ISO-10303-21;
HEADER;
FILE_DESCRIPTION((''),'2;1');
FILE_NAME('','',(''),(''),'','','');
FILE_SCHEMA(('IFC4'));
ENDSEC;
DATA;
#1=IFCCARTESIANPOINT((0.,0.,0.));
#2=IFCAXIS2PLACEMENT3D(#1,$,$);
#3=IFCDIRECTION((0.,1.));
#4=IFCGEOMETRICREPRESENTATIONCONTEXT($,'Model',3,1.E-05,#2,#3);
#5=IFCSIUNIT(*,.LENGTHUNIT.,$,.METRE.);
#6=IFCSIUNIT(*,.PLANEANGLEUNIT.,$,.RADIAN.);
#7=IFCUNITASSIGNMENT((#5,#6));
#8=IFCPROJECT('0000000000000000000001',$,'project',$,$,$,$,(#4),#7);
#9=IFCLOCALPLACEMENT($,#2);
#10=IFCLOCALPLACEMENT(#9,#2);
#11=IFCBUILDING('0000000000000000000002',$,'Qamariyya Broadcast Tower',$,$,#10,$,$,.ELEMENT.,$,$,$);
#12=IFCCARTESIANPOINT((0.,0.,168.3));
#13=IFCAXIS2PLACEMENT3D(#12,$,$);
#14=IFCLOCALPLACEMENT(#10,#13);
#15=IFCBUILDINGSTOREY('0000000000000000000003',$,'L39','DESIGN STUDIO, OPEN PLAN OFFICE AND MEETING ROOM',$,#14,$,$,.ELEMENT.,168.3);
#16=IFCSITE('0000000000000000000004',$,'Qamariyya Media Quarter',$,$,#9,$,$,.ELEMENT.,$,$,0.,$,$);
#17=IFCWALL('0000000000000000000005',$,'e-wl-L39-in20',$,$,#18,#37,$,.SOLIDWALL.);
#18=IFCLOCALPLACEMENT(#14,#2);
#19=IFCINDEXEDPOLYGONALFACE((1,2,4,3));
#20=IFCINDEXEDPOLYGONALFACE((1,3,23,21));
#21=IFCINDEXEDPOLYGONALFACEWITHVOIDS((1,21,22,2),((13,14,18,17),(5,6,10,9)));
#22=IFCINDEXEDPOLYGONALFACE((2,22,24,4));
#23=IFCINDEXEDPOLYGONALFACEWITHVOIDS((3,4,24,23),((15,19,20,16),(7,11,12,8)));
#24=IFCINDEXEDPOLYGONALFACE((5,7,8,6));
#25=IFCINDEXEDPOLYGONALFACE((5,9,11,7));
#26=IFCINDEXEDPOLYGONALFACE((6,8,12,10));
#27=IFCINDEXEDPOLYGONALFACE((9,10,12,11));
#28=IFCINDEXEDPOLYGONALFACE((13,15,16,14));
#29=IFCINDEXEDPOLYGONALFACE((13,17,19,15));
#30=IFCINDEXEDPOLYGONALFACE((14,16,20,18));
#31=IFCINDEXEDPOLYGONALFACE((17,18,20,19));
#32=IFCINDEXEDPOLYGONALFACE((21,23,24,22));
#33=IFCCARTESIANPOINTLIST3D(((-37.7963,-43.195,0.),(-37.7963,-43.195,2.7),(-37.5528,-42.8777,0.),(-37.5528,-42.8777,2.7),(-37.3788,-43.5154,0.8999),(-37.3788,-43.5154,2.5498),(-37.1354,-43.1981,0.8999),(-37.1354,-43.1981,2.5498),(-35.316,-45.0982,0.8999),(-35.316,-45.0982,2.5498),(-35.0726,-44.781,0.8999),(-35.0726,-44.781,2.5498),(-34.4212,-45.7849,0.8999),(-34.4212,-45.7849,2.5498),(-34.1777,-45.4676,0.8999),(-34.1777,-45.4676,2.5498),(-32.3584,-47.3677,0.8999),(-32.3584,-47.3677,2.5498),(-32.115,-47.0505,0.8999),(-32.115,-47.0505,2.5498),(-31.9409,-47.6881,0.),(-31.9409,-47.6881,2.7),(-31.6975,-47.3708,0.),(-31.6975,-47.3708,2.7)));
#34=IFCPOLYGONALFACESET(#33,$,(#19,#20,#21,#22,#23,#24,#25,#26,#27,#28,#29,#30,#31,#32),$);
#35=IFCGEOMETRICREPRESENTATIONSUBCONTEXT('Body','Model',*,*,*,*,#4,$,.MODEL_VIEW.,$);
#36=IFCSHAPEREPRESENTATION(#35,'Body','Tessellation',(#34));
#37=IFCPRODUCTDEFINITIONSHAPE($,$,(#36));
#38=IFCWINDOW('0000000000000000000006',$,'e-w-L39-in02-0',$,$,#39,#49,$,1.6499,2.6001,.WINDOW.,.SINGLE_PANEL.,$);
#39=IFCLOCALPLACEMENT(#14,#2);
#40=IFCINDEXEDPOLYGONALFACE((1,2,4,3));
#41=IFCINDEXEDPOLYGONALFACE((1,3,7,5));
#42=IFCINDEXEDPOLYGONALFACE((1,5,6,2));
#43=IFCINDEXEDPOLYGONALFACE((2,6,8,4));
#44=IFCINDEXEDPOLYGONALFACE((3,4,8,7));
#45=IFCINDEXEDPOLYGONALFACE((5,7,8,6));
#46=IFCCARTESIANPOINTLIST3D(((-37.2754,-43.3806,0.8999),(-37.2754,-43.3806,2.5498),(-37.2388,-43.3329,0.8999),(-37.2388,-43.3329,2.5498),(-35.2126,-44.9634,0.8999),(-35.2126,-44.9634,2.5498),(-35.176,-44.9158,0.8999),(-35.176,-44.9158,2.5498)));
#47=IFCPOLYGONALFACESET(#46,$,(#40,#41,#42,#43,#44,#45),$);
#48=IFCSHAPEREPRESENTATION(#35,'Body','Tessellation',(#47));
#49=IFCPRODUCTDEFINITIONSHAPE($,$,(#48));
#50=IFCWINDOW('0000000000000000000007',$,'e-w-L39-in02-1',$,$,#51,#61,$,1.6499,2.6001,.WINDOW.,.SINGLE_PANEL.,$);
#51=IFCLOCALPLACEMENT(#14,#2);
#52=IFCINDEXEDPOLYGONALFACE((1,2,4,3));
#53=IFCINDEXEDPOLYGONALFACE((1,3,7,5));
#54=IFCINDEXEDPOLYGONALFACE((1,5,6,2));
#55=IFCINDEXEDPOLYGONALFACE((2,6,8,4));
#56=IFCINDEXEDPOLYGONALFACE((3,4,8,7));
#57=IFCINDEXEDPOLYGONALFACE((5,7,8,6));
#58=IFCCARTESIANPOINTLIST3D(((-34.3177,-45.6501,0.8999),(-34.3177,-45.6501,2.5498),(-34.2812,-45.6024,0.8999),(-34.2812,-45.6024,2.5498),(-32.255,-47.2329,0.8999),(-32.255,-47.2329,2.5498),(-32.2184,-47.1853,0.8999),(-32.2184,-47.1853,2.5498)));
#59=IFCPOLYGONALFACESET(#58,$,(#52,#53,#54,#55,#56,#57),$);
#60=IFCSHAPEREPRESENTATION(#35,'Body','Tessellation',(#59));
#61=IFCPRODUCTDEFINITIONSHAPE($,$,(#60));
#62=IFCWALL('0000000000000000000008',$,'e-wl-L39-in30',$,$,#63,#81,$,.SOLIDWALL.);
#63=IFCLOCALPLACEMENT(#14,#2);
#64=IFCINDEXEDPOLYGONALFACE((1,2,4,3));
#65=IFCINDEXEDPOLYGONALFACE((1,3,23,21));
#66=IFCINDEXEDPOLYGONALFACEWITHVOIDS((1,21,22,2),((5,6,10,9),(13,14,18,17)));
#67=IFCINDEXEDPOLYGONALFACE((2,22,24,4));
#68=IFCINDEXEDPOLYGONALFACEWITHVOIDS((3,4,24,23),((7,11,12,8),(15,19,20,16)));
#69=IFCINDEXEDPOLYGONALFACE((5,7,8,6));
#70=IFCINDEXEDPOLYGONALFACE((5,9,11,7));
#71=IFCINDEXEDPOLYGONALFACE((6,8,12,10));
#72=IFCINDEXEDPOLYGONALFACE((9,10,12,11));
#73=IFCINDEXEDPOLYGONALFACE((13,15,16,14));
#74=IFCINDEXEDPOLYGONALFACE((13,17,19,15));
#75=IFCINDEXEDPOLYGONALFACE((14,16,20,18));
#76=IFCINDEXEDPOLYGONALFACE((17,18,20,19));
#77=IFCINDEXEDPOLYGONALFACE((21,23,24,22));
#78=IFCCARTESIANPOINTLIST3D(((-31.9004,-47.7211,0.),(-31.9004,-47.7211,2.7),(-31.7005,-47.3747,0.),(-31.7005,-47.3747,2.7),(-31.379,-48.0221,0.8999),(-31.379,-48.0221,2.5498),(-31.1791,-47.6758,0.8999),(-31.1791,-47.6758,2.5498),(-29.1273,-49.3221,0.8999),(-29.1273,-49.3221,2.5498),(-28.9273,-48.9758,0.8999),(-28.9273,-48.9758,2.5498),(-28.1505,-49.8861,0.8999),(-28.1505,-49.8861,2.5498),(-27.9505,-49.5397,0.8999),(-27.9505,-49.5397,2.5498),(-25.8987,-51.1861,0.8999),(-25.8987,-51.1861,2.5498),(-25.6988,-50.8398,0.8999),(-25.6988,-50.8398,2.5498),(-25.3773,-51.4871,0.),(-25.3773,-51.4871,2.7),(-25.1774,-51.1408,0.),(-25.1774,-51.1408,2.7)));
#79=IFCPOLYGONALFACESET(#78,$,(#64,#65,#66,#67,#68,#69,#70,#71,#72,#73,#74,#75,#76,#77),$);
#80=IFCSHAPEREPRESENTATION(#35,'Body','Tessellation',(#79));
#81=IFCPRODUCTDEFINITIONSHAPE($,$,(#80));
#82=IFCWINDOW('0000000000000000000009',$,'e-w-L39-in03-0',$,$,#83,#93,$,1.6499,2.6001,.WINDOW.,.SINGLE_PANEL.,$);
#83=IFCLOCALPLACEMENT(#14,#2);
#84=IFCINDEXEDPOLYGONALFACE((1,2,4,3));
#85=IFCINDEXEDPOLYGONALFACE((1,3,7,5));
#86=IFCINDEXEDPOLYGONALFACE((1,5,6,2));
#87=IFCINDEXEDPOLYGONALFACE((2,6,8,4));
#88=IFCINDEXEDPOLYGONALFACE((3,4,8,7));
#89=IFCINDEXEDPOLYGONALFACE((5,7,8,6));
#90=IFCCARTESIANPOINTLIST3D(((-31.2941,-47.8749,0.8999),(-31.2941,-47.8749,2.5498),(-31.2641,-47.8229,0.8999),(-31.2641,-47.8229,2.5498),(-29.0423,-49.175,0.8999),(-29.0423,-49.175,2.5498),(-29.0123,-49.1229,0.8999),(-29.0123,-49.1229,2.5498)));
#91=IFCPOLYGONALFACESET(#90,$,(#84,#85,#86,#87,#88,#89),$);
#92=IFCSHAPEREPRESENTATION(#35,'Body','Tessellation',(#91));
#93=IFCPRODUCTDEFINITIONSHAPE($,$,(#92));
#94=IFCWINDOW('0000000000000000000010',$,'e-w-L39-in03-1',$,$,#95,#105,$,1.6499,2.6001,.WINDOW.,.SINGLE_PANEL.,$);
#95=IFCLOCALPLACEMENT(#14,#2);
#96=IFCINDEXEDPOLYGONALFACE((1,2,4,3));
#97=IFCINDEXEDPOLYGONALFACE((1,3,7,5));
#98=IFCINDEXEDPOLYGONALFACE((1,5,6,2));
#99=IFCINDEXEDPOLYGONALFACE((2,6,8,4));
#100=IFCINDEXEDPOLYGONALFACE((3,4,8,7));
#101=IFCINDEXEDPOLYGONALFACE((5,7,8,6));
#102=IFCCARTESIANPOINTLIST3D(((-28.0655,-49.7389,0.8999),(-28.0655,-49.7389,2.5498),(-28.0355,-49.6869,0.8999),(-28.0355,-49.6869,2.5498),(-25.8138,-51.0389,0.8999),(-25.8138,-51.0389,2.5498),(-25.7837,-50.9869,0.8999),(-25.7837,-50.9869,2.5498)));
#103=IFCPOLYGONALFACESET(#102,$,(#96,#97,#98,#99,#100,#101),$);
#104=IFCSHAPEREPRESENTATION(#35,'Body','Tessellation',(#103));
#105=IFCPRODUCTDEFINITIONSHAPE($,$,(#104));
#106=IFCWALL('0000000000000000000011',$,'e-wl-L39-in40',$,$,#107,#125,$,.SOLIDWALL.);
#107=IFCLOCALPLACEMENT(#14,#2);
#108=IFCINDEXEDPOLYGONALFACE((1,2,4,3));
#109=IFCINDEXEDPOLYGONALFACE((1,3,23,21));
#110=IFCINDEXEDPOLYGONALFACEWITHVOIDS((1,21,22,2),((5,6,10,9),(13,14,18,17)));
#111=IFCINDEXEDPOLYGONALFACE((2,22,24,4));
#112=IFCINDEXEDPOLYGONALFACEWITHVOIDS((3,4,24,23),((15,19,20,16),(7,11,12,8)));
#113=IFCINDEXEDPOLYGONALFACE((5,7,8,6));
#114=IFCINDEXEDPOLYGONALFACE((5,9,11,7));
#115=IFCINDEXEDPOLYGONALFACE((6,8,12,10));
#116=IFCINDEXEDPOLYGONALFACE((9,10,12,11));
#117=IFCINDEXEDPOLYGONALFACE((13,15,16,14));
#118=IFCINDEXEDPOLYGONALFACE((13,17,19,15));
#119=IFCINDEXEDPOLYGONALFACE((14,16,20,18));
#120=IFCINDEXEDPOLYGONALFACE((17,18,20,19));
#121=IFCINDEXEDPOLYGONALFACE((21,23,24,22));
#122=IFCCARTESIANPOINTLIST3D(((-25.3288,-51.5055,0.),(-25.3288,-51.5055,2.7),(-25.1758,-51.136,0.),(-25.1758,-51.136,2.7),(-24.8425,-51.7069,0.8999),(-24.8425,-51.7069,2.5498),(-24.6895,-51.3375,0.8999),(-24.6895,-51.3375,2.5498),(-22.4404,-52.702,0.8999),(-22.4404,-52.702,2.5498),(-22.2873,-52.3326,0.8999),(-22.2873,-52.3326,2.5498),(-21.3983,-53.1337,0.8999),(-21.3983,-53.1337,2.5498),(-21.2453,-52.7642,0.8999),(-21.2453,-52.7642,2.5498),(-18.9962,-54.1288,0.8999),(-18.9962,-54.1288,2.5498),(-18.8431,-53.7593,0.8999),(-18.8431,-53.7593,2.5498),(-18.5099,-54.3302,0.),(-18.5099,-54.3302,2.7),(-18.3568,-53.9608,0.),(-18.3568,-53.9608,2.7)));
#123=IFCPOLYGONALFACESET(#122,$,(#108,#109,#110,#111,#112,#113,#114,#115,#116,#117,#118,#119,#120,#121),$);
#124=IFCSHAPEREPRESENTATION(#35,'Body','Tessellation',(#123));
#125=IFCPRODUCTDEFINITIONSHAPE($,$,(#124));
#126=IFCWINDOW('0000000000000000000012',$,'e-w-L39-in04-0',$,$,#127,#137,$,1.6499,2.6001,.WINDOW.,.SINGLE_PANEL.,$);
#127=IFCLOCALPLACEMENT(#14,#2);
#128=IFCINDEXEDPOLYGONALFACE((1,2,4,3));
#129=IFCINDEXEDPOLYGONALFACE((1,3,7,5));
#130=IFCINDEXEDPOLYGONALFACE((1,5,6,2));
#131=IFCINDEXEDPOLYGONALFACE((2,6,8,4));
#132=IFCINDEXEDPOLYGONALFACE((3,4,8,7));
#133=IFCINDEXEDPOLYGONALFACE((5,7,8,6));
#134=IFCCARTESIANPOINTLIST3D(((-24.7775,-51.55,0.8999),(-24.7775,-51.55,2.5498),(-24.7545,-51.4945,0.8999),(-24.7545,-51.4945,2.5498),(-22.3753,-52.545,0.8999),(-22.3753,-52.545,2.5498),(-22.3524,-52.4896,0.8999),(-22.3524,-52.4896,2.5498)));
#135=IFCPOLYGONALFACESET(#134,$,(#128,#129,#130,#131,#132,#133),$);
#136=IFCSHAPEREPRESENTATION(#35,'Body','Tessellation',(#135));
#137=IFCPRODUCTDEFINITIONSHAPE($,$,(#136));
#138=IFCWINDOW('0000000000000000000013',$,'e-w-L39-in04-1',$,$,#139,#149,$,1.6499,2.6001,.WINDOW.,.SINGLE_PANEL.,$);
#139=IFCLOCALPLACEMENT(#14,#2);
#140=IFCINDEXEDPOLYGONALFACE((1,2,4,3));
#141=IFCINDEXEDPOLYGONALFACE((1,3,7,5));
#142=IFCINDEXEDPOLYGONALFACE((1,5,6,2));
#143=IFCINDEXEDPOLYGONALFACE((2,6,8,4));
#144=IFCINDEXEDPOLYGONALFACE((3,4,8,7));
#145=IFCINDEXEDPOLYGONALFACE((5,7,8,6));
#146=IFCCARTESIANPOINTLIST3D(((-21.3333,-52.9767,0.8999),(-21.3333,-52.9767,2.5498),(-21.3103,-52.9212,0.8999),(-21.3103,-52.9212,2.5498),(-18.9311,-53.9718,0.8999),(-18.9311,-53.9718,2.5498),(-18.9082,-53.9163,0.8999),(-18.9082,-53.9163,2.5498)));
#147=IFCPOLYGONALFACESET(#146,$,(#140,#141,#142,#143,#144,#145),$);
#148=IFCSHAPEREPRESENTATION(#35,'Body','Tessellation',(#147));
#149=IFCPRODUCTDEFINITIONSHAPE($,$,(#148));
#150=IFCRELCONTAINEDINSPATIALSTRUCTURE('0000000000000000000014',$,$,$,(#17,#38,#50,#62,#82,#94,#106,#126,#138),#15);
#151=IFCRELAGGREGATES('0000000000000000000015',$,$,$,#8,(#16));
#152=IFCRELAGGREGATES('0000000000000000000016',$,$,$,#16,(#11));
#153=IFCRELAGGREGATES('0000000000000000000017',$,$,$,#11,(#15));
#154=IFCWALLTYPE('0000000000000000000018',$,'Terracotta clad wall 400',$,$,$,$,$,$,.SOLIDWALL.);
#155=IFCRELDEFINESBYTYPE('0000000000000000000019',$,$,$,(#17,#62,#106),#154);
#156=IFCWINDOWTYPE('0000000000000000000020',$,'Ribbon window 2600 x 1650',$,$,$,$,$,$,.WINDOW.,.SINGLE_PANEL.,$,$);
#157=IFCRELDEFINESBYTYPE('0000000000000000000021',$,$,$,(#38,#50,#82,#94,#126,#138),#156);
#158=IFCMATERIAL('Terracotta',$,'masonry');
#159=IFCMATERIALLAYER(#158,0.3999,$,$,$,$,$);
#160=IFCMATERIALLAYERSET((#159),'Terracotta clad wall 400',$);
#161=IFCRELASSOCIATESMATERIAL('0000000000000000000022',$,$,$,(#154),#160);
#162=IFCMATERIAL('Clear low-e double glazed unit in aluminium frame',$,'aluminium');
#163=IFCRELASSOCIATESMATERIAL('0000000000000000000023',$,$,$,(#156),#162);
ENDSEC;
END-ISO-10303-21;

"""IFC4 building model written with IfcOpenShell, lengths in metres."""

from ifc_helpers import new_model, si_unit, direction, frame, frame_2d, origin, place, context, subcontext, project, spatial, rectangle, extrude, material, layer, layer_set, type_object, element, fill, save


model = new_model("IFC4")

# Units and contexts
model_context = context("Model", 3, precision=1e-05, world=origin(), true_north=direction((0.0, 1.0)))
body_context = subcontext(model_context, "Body", "Model", "MODEL_VIEW")
ifc_project = project(units=[si_unit("LENGTHUNIT", "METRE"), si_unit("PLANEANGLEUNIT", "RADIAN")], contexts=[model_context])

# Site, building, storey
site_placement = place(None, origin())
site = spatial("IfcSite", under=ifc_project, at=site_placement, Name="Qamariyya Media Quarter", CompositionType="ELEMENT", RefElevation=0.0)
building_placement = place(site_placement, origin())
building = spatial("IfcBuilding", under=site, at=building_placement, Name="Qamariyya Broadcast Tower", CompositionType="ELEMENT")
storey_placement = place(building_placement, frame((0.0, 0.0, 168.3)))
storey = spatial("IfcBuildingStorey", under=building, at=storey_placement, Name="L39", Description="DESIGN STUDIO, OPEN PLAN OFFICE AND MEETING ROOM", CompositionType="ELEMENT", Elevation=168.3)

# Walls, openings, windows
ifc_material_1 = material(Name="Terracotta", Category="masonry")
ifc_layer_1 = layer(ifc_material_1, 0.3999)
ifc_layer_set_1 = layer_set([ifc_layer_1], Name="Terracotta clad wall 400")
wall_type_1 = type_object("IfcWallType", Name="Terracotta clad wall 400", PredefinedType="SOLIDWALL", material=ifc_layer_set_1)
wall_1_placement = place(storey_placement, frame((-31.8191, -47.5295, 0.0), z_axis=(0.0, 0.0, 1.0), x_axis=(-0.793346, 0.60877, 0.0)))
wall_1 = element("IfcWall", 1, at=wall_1_placement, inside=storey, type_object=wall_type_1, Name="e-wl-L39-in20", PredefinedType="SOLIDWALL", context=body_context, shape_type="SweptSolid", body=[
    extrude(rectangle(XDim=7.3806, YDim=0.3999, at=frame_2d((3.6904, 0.0))), origin(), (0.0, 0.0, 1.0), 2.7),
])
opening_1_placement = place(wall_1_placement, frame((4.2544, 0.0, 0.8999)))
opening_1 = element("IfcOpeningElement", 2, at=opening_1_placement, cuts=wall_1, PredefinedType="OPENING", context=body_context, shape_type="SweptSolid", body=[
    extrude(rectangle(XDim=2.6001, YDim=1.6499, at=frame_2d((1.3, 0.825))), frame((0.0, 0.21, 0.0), z_axis=(0.0, -1.0, 0.0), x_axis=(1.0, 0.0, 0.0)), (0.0, 0.0, 1.0), 0.4199),
])
opening_2_placement = place(wall_1_placement, frame((0.5264, 0.0, 0.8999)))
opening_2 = element("IfcOpeningElement", 3, at=opening_2_placement, cuts=wall_1, PredefinedType="OPENING", context=body_context, shape_type="SweptSolid", body=[
    extrude(rectangle(XDim=2.6001, YDim=1.6499, at=frame_2d((1.3, 0.825))), frame((0.0, 0.21, 0.0), z_axis=(0.0, -1.0, 0.0), x_axis=(1.0, 0.0, 0.0)), (0.0, 0.0, 1.0), 0.4199),
])
ifc_material_2 = material(Name="Clear low-e double glazed unit in aluminium frame", Category="aluminium")
window_type = type_object("IfcWindowType", Name="Ribbon window 2600 x 1650", PartitioningType="SINGLE_PANEL", PredefinedType="WINDOW", material=ifc_material_2)
window_1_placement = place(opening_1_placement, origin())
window_1 = element("IfcWindow", 4, at=window_1_placement, inside=storey, type_object=window_type, Name="e-w-L39-in02-0", OverallHeight=1.6499, OverallWidth=2.6001, PartitioningType="SINGLE_PANEL", PredefinedType="WINDOW", context=body_context, shape_type="SweptSolid", body=[
    extrude(rectangle(XDim=2.6001, YDim=1.6499, at=frame_2d((1.3, 0.825))), frame((0.0, 0.03, 0.0), z_axis=(0.0, -1.0, 0.0), x_axis=(1.0, 0.0, 0.0)), (0.0, 0.0, 1.0), 0.0601),
])
fill(opening_1, window_1)
window_2_placement = place(opening_2_placement, origin())
window_2 = element("IfcWindow", 5, at=window_2_placement, inside=storey, type_object=window_type, Name="e-w-L39-in02-1", OverallHeight=1.6499, OverallWidth=2.6001, PartitioningType="SINGLE_PANEL", PredefinedType="WINDOW", context=body_context, shape_type="SweptSolid", body=[
    extrude(rectangle(XDim=2.6001, YDim=1.6499, at=frame_2d((1.3, 0.825))), frame((0.0, 0.03, 0.0), z_axis=(0.0, -1.0, 0.0), x_axis=(1.0, 0.0, 0.0)), (0.0, 0.0, 1.0), 0.0601),
])
fill(opening_2, window_2)
wall_2_placement = place(storey_placement, frame((-25.2773, -51.314, 0.0), z_axis=(0.0, 0.0, 1.0), x_axis=(-0.866029, 0.499995, 0.0)))
wall_2 = element("IfcWall", 6, at=wall_2_placement, inside=storey, type_object=wall_type_1, Name="e-wl-L39-in30", PredefinedType="SOLIDWALL", context=body_context, shape_type="SweptSolid", body=[
    extrude(rectangle(XDim=7.5322, YDim=0.3999, at=frame_2d((3.7661, 0.0))), origin(), (0.0, 0.0, 1.0), 2.7),
])
opening_3_placement = place(wall_2_placement, frame((4.3301, 0.0, 0.8999)))
opening_3 = element("IfcOpeningElement", 7, at=opening_3_placement, cuts=wall_2, PredefinedType="OPENING", context=body_context, shape_type="SweptSolid", body=[
    extrude(rectangle(XDim=2.6001, YDim=1.6499, at=frame_2d((1.3, 0.825))), frame((0.0, 0.21, 0.0), z_axis=(0.0, -1.0, 0.0), x_axis=(1.0, 0.0, 0.0)), (0.0, 0.0, 1.0), 0.4199),
])
opening_4_placement = place(wall_2_placement, frame((0.6021, 0.0, 0.8999)))
opening_4 = element("IfcOpeningElement", 8, at=opening_4_placement, cuts=wall_2, PredefinedType="OPENING", context=body_context, shape_type="SweptSolid", body=[
    extrude(rectangle(XDim=2.6001, YDim=1.6499, at=frame_2d((1.3, 0.825))), frame((0.0, 0.21, 0.0), z_axis=(0.0, -1.0, 0.0), x_axis=(1.0, 0.0, 0.0)), (0.0, 0.0, 1.0), 0.4199),
])
window_3_placement = place(opening_3_placement, origin())
window_3 = element("IfcWindow", 9, at=window_3_placement, inside=storey, type_object=window_type, Name="e-w-L39-in03-0", OverallHeight=1.6499, OverallWidth=2.6001, PartitioningType="SINGLE_PANEL", PredefinedType="WINDOW", context=body_context, shape_type="SweptSolid", body=[
    extrude(rectangle(XDim=2.6001, YDim=1.6499, at=frame_2d((1.3, 0.825))), frame((0.0, 0.03, 0.0), z_axis=(0.0, -1.0, 0.0), x_axis=(1.0, 0.0, 0.0)), (0.0, 0.0, 1.0), 0.0601),
])
fill(opening_3, window_3)
window_4_placement = place(opening_4_placement, origin())
window_4 = element("IfcWindow", 10, at=window_4_placement, inside=storey, type_object=window_type, Name="e-w-L39-in03-1", OverallHeight=1.6499, OverallWidth=2.6001, PartitioningType="SINGLE_PANEL", PredefinedType="WINDOW", context=body_context, shape_type="SweptSolid", body=[
    extrude(rectangle(XDim=2.6001, YDim=1.6499, at=frame_2d((1.3, 0.825))), frame((0.0, 0.03, 0.0), z_axis=(0.0, -1.0, 0.0), x_axis=(1.0, 0.0, 0.0)), (0.0, 0.0, 1.0), 0.0601),
])
fill(opening_4, window_4)
wall_3_placement = place(storey_placement, frame((-18.4333, -54.1455, 0.0), z_axis=(0.0, 0.0, 1.0), x_axis=(-0.923868, 0.382712, 0.0)))
wall_3 = element("IfcWall", 11, at=wall_3_placement, inside=storey, type_object=wall_type_1, Name="e-wl-L39-in40", PredefinedType="SOLIDWALL", context=body_context, shape_type="SweptSolid", body=[
    extrude(rectangle(XDim=7.3809, YDim=0.3999, at=frame_2d((3.6904, 0.0))), origin(), (0.0, 0.0, 1.0), 2.7),
])
opening_5_placement = place(wall_3_placement, frame((4.2544, 0.0, 0.8999)))
opening_5 = element("IfcOpeningElement", 12, at=opening_5_placement, cuts=wall_3, PredefinedType="OPENING", context=body_context, shape_type="SweptSolid", body=[
    extrude(rectangle(XDim=2.6001, YDim=1.6499, at=frame_2d((1.3, 0.825))), frame((0.0, 0.21, 0.0), z_axis=(0.0, -1.0, 0.0), x_axis=(1.0, 0.0, 0.0)), (0.0, 0.0, 1.0), 0.4199),
])
opening_6_placement = place(wall_3_placement, frame((0.5264, 0.0, 0.8999)))
opening_6 = element("IfcOpeningElement", 13, at=opening_6_placement, cuts=wall_3, PredefinedType="OPENING", context=body_context, shape_type="SweptSolid", body=[
    extrude(rectangle(XDim=2.6001, YDim=1.6499, at=frame_2d((1.3, 0.825))), frame((0.0, 0.21, 0.0), z_axis=(0.0, -1.0, 0.0), x_axis=(1.0, 0.0, 0.0)), (0.0, 0.0, 1.0), 0.4199),
])
window_5_placement = place(opening_5_placement, origin())
window_5 = element("IfcWindow", 14, at=window_5_placement, inside=storey, type_object=window_type, Name="e-w-L39-in04-0", OverallHeight=1.6499, OverallWidth=2.6001, PartitioningType="SINGLE_PANEL", PredefinedType="WINDOW", context=body_context, shape_type="SweptSolid", body=[
    extrude(rectangle(XDim=2.6001, YDim=1.6499, at=frame_2d((1.3, 0.825))), frame((0.0, 0.03, 0.0), z_axis=(0.0, -1.0, 0.0), x_axis=(1.0, 0.0, 0.0)), (0.0, 0.0, 1.0), 0.0601),
])
fill(opening_5, window_5)
window_6_placement = place(opening_6_placement, origin())
window_6 = element("IfcWindow", 15, at=window_6_placement, inside=storey, type_object=window_type, Name="e-w-L39-in04-1", OverallHeight=1.6499, OverallWidth=2.6001, PartitioningType="SINGLE_PANEL", PredefinedType="WINDOW", context=body_context, shape_type="SweptSolid", body=[
    extrude(rectangle(XDim=2.6001, YDim=1.6499, at=frame_2d((1.3, 0.825))), frame((0.0, 0.03, 0.0), z_axis=(0.0, -1.0, 0.0), x_axis=(1.0, 0.0, 0.0)), (0.0, 0.0, 1.0), 0.0601),
])
fill(opening_6, window_6)

save(model, "model.ifc")
